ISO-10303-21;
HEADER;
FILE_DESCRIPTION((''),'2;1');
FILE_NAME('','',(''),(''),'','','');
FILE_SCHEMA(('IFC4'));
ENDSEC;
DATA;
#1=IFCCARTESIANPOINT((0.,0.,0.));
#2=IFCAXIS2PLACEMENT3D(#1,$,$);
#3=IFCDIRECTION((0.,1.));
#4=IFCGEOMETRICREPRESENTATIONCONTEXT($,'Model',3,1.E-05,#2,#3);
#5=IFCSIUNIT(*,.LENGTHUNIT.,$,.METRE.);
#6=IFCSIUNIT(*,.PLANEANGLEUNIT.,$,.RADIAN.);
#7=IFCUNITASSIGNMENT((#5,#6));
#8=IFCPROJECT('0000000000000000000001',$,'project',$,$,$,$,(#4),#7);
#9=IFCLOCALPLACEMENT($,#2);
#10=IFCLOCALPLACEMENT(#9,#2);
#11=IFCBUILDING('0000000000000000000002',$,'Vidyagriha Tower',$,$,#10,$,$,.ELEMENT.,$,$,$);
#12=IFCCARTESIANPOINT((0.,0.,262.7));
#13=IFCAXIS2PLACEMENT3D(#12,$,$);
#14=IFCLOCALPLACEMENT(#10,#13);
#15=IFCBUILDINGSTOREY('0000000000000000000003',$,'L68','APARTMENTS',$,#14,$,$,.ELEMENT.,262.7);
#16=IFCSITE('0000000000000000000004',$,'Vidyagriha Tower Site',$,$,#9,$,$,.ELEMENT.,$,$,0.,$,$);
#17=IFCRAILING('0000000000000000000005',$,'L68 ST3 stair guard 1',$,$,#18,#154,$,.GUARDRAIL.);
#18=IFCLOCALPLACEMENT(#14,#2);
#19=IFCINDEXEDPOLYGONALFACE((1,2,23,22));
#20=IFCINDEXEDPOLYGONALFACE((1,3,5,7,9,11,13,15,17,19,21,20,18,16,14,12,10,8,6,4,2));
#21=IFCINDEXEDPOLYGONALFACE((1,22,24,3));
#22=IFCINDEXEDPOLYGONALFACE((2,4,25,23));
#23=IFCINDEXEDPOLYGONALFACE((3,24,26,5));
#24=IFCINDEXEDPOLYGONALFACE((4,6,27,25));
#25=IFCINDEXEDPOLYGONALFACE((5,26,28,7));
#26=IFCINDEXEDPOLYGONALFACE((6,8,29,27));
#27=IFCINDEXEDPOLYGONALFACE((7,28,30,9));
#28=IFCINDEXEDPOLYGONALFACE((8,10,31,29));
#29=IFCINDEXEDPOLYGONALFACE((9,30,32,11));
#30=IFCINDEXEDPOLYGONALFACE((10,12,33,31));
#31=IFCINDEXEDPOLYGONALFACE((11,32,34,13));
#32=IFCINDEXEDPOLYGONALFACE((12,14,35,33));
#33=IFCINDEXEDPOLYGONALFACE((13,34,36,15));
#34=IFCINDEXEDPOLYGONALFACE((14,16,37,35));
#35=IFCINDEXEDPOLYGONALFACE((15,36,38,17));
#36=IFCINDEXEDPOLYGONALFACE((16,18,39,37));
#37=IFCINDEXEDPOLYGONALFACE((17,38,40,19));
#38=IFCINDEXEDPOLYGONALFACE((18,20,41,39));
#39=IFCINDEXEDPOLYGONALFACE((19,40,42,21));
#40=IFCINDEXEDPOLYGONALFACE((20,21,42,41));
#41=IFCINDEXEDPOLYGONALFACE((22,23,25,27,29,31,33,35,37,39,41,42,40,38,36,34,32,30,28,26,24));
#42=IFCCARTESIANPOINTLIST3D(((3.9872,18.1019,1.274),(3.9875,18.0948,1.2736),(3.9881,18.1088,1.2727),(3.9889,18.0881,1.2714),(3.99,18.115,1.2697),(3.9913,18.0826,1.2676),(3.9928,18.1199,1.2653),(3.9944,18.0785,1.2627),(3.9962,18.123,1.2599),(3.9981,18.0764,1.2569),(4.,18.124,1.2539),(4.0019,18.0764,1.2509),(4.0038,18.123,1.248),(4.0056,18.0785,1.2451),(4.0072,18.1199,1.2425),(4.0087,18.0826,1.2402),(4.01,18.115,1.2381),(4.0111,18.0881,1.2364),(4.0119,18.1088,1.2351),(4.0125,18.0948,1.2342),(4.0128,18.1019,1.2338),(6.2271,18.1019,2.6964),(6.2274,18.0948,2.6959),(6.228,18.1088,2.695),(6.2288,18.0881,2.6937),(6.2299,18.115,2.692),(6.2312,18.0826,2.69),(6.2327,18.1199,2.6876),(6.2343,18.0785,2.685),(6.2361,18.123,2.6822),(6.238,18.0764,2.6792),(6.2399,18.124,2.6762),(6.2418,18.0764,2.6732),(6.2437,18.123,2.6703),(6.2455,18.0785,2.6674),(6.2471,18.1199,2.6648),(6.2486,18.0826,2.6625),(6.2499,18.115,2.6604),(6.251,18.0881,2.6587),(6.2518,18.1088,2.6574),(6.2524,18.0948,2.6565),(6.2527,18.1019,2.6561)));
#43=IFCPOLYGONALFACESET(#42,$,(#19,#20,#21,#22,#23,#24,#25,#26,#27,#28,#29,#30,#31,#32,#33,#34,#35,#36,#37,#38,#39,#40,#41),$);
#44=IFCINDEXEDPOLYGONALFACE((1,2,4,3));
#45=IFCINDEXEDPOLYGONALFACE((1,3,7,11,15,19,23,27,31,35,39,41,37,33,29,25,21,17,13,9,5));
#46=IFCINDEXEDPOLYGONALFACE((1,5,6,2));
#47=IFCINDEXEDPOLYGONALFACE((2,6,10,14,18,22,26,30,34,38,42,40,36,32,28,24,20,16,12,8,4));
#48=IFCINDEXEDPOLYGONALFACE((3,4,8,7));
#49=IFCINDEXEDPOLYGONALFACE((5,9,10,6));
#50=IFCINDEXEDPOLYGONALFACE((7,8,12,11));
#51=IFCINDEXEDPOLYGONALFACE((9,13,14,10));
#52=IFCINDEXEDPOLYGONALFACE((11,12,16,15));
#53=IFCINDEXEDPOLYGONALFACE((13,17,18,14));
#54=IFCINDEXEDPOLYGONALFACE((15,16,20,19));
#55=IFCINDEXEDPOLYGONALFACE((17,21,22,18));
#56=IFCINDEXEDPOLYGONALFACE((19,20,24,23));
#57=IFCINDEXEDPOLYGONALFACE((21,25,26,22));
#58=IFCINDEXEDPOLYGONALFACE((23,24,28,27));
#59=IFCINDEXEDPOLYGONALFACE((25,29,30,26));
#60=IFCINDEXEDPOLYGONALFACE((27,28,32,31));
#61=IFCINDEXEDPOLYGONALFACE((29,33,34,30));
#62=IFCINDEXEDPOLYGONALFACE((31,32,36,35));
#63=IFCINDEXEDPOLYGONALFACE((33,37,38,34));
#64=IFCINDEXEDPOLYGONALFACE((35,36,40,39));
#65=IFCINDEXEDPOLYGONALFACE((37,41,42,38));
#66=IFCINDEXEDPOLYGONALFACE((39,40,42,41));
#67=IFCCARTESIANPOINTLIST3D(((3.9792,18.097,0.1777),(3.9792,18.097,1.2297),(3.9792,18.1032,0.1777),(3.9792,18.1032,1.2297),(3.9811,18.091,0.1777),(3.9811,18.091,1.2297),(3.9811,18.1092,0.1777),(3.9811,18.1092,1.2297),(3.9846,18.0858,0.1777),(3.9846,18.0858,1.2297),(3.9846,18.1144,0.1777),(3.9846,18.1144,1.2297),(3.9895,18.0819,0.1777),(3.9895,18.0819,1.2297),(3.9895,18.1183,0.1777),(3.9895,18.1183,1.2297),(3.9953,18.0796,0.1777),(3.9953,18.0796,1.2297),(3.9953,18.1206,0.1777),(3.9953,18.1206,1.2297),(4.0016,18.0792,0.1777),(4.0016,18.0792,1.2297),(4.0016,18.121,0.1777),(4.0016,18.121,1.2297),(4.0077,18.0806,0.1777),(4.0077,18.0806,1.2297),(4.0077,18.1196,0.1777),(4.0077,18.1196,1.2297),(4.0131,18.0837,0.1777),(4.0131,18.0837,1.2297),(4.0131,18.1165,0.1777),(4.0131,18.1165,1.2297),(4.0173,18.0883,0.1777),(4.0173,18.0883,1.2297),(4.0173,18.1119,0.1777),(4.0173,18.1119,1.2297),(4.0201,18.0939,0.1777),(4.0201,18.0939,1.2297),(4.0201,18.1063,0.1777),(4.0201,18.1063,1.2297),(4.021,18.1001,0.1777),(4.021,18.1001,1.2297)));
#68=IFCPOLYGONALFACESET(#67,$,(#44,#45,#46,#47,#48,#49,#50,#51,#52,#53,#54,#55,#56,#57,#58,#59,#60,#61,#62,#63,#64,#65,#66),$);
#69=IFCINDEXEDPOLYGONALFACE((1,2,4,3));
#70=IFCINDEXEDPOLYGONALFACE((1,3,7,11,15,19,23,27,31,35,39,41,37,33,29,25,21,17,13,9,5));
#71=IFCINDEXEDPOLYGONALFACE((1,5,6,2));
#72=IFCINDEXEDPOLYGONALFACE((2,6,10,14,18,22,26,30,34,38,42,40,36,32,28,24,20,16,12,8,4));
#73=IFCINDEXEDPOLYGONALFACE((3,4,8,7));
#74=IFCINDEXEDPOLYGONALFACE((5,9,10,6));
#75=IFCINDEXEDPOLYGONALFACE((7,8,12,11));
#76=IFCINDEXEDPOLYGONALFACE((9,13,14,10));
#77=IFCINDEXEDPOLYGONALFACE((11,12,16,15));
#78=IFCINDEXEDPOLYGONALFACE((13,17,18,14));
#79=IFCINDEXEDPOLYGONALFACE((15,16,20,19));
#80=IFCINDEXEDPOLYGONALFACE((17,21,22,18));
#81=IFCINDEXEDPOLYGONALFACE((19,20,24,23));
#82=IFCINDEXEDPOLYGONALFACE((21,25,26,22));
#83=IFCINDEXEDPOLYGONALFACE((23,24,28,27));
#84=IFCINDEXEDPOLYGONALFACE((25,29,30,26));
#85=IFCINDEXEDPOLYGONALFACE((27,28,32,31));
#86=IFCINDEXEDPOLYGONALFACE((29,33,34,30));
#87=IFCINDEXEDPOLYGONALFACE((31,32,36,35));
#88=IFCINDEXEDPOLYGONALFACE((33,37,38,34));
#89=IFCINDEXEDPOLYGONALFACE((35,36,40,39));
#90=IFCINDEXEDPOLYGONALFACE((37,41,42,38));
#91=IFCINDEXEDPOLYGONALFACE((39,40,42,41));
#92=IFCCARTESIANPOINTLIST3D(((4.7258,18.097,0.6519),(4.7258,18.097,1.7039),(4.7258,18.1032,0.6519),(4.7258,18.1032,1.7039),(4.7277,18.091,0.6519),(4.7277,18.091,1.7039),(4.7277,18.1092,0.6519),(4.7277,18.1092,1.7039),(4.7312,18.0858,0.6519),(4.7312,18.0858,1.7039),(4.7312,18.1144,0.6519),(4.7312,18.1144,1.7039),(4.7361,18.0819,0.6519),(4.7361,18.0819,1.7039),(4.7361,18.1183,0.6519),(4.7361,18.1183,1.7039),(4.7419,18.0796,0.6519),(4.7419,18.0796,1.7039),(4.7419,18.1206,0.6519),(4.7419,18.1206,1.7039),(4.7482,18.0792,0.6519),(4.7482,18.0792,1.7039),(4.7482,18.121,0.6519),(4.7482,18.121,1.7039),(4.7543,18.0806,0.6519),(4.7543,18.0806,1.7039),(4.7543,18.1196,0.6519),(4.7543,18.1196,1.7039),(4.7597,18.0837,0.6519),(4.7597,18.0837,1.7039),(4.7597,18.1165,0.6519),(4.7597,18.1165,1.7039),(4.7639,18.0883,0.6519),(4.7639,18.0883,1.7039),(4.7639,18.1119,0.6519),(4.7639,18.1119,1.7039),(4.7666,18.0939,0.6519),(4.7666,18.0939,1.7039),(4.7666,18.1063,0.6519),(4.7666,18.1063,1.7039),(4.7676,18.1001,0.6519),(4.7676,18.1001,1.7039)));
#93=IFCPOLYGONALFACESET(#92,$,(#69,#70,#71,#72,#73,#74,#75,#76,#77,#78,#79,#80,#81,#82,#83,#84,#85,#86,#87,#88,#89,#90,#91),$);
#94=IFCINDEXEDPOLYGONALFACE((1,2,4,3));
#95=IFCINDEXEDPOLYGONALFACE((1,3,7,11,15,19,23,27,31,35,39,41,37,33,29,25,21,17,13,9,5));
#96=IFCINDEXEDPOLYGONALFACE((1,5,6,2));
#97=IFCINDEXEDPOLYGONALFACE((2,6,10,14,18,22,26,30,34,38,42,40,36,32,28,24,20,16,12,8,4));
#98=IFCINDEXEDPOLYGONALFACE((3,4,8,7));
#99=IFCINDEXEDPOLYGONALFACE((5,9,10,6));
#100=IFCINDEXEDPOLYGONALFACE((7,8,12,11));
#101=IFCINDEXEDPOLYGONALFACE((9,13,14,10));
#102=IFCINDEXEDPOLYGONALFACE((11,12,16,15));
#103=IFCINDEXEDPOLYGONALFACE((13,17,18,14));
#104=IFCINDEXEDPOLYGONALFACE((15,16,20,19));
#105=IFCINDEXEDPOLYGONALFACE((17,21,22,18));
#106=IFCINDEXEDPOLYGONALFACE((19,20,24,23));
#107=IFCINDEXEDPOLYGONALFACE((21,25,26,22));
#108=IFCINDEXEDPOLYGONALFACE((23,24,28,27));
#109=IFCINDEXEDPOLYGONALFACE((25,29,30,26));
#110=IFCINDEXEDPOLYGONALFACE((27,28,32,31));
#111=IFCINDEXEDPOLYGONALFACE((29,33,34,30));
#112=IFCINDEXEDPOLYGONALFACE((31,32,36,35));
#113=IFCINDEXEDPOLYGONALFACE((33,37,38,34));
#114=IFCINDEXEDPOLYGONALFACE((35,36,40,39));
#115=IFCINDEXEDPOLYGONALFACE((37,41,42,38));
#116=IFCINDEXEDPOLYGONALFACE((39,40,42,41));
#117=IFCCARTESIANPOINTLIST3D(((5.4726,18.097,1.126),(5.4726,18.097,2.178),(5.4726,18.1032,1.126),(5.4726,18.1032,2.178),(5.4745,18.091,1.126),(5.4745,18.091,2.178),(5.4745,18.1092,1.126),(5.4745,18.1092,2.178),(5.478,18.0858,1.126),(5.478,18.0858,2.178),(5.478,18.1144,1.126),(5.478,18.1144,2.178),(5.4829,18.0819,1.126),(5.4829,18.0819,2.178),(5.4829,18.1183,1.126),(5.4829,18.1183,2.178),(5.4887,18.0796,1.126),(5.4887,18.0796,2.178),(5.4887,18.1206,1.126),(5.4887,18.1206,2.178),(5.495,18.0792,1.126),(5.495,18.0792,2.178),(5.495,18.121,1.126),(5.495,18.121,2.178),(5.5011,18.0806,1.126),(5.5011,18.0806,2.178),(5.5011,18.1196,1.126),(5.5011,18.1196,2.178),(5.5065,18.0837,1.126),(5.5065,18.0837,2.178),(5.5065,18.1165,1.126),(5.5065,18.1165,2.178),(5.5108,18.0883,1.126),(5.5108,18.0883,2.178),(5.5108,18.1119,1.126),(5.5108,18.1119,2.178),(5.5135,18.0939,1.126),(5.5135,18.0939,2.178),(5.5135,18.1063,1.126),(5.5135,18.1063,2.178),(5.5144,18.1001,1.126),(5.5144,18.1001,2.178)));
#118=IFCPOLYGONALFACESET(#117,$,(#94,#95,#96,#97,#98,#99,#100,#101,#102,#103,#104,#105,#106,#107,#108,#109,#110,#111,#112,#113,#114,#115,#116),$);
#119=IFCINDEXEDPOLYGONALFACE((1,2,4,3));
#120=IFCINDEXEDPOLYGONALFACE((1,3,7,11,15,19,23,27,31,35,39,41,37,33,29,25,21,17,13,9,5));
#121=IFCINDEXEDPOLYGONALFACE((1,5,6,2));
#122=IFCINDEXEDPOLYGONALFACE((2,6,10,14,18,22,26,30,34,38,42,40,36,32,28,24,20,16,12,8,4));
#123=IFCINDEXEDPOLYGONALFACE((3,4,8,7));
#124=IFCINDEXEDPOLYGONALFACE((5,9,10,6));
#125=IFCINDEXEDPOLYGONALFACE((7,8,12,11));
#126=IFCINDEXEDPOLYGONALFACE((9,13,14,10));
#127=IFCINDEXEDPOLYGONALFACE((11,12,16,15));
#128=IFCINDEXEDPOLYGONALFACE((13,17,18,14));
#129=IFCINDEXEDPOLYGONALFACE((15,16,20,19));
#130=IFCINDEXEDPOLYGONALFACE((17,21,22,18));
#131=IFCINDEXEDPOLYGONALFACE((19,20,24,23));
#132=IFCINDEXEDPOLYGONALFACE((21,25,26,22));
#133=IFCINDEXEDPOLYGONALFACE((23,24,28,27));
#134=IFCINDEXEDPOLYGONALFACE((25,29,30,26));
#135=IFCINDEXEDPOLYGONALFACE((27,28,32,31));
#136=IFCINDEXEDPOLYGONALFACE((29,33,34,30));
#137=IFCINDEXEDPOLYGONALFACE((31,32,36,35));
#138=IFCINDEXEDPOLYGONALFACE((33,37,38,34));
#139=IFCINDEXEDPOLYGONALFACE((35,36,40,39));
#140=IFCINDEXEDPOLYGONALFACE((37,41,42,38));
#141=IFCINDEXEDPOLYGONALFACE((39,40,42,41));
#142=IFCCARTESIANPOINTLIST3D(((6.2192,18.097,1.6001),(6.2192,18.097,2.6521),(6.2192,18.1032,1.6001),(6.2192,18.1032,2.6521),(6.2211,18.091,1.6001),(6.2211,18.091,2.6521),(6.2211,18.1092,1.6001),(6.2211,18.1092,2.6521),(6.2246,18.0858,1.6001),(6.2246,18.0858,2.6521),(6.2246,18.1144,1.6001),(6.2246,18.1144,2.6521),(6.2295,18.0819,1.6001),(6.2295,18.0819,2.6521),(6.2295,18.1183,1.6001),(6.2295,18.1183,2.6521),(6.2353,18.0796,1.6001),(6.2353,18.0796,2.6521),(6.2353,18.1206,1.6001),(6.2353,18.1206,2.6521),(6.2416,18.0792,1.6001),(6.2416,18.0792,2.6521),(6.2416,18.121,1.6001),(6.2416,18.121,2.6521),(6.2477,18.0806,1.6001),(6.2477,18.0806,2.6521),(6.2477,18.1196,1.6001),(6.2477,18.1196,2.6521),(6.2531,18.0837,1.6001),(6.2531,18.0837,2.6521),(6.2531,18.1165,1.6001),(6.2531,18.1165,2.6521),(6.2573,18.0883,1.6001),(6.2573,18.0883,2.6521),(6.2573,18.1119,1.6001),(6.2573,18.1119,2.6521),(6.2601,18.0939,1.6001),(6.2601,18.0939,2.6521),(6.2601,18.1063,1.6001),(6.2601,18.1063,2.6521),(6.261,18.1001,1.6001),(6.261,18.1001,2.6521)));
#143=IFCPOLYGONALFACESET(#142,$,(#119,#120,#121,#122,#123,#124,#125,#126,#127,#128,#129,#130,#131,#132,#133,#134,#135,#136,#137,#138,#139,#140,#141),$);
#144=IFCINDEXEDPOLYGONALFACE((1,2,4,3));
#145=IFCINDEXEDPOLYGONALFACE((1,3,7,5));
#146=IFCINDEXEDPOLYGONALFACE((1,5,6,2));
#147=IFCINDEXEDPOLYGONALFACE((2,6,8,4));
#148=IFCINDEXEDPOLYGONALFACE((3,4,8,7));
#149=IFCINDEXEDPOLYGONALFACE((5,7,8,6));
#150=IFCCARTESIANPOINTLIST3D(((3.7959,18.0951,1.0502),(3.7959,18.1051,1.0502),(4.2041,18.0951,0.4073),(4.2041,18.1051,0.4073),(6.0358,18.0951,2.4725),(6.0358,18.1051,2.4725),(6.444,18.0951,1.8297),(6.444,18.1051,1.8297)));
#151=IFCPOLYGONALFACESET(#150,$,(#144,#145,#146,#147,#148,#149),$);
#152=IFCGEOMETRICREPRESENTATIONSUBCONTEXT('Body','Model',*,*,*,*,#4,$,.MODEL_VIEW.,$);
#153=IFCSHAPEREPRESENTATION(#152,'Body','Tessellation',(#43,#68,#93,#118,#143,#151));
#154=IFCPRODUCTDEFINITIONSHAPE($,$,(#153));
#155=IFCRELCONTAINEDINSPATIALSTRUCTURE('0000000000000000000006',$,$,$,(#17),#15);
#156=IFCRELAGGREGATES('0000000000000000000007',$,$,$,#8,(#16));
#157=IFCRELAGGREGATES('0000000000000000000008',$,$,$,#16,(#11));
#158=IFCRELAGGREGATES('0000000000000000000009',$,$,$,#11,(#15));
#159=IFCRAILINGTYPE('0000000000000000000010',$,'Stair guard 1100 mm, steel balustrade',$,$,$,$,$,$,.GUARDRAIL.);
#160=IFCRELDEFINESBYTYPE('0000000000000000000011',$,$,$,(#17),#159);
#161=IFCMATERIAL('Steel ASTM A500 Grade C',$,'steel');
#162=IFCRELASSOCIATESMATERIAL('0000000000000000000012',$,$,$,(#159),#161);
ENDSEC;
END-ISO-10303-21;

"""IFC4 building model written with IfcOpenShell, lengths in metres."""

from ifc_helpers import new_model, si_unit, direction, frame, origin, origin_2d, place, context, subcontext, project, spatial, rectangle, circle, extrude, material, type_object, element, save


model = new_model("IFC4")

# Units and contexts
model_context = context("Model", 3, precision=1e-05, world=origin(), true_north=direction((0.0, 1.0)))
body_context = subcontext(model_context, "Body", "Model", "MODEL_VIEW")
ifc_project = project(units=[si_unit("LENGTHUNIT", "METRE"), si_unit("PLANEANGLEUNIT", "RADIAN")], contexts=[model_context])

# Site, building, storey
site_placement = place(None, origin())
site = spatial("IfcSite", under=ifc_project, at=site_placement, Name="Vidyagriha Tower Site", CompositionType="ELEMENT", RefElevation=0.0)
building_placement = place(site_placement, origin())
building = spatial("IfcBuilding", under=site, at=building_placement, Name="Vidyagriha Tower", CompositionType="ELEMENT")
storey_placement = place(building_placement, frame((0.0, 0.0, 262.7)))
storey = spatial("IfcBuildingStorey", under=building, at=storey_placement, Name="L68", Description="APARTMENTS", CompositionType="ELEMENT", Elevation=262.7)

# Railing
ifc_material_1 = material(Name="Steel ASTM A500 Grade C", Category="steel")
railing_type_1 = type_object("IfcRailingType", Name="Stair guard 1100 mm, steel balustrade", PredefinedType="GUARDRAIL", material=ifc_material_1)
railing_1_placement = place(storey_placement, frame((4.0, 18.1001, 0.1777)))
element("IfcRailing", 1, at=railing_1_placement, inside=storey, type_object=railing_type_1, Name="L68 ST3 stair guard 1", PredefinedType="GUARDRAIL", context=body_context, shape_type="SweptSolid", body=[
    extrude(circle(Radius=0.0239, at=origin_2d()), frame((0.0, 0.0, 1.0762), z_axis=(0.844188, 0.0, 0.536048), x_axis=(0.0, 1.0, 0.0)), (0.0, 0.0, 1.0), 2.6533),
    extrude(circle(Radius=0.021, at=origin_2d()), origin(), (0.0, 0.0, 1.0), 1.052),
    extrude(circle(Radius=0.021, at=origin_2d()), frame((0.7466, 0.0, 0.4741)), (0.0, 0.0, 1.0), 1.052),
    extrude(circle(Radius=0.021, at=origin_2d()), frame((1.4934, 0.0, 0.9482)), (0.0, 0.0, 1.0), 1.052),
    extrude(circle(Radius=0.021, at=origin_2d()), frame((2.24, 0.0, 1.4224)), (0.0, 0.0, 1.0), 1.052),
    extrude(rectangle(XDim=0.01, YDim=0.7615, at=origin_2d()), frame((0.0, 0.0, 0.551), z_axis=(0.844188, 0.0, 0.536048), x_axis=(0.0, 1.0, 0.0)), (0.0, 0.0, 1.0), 2.6533),
])

save(model, "model.ifc")
